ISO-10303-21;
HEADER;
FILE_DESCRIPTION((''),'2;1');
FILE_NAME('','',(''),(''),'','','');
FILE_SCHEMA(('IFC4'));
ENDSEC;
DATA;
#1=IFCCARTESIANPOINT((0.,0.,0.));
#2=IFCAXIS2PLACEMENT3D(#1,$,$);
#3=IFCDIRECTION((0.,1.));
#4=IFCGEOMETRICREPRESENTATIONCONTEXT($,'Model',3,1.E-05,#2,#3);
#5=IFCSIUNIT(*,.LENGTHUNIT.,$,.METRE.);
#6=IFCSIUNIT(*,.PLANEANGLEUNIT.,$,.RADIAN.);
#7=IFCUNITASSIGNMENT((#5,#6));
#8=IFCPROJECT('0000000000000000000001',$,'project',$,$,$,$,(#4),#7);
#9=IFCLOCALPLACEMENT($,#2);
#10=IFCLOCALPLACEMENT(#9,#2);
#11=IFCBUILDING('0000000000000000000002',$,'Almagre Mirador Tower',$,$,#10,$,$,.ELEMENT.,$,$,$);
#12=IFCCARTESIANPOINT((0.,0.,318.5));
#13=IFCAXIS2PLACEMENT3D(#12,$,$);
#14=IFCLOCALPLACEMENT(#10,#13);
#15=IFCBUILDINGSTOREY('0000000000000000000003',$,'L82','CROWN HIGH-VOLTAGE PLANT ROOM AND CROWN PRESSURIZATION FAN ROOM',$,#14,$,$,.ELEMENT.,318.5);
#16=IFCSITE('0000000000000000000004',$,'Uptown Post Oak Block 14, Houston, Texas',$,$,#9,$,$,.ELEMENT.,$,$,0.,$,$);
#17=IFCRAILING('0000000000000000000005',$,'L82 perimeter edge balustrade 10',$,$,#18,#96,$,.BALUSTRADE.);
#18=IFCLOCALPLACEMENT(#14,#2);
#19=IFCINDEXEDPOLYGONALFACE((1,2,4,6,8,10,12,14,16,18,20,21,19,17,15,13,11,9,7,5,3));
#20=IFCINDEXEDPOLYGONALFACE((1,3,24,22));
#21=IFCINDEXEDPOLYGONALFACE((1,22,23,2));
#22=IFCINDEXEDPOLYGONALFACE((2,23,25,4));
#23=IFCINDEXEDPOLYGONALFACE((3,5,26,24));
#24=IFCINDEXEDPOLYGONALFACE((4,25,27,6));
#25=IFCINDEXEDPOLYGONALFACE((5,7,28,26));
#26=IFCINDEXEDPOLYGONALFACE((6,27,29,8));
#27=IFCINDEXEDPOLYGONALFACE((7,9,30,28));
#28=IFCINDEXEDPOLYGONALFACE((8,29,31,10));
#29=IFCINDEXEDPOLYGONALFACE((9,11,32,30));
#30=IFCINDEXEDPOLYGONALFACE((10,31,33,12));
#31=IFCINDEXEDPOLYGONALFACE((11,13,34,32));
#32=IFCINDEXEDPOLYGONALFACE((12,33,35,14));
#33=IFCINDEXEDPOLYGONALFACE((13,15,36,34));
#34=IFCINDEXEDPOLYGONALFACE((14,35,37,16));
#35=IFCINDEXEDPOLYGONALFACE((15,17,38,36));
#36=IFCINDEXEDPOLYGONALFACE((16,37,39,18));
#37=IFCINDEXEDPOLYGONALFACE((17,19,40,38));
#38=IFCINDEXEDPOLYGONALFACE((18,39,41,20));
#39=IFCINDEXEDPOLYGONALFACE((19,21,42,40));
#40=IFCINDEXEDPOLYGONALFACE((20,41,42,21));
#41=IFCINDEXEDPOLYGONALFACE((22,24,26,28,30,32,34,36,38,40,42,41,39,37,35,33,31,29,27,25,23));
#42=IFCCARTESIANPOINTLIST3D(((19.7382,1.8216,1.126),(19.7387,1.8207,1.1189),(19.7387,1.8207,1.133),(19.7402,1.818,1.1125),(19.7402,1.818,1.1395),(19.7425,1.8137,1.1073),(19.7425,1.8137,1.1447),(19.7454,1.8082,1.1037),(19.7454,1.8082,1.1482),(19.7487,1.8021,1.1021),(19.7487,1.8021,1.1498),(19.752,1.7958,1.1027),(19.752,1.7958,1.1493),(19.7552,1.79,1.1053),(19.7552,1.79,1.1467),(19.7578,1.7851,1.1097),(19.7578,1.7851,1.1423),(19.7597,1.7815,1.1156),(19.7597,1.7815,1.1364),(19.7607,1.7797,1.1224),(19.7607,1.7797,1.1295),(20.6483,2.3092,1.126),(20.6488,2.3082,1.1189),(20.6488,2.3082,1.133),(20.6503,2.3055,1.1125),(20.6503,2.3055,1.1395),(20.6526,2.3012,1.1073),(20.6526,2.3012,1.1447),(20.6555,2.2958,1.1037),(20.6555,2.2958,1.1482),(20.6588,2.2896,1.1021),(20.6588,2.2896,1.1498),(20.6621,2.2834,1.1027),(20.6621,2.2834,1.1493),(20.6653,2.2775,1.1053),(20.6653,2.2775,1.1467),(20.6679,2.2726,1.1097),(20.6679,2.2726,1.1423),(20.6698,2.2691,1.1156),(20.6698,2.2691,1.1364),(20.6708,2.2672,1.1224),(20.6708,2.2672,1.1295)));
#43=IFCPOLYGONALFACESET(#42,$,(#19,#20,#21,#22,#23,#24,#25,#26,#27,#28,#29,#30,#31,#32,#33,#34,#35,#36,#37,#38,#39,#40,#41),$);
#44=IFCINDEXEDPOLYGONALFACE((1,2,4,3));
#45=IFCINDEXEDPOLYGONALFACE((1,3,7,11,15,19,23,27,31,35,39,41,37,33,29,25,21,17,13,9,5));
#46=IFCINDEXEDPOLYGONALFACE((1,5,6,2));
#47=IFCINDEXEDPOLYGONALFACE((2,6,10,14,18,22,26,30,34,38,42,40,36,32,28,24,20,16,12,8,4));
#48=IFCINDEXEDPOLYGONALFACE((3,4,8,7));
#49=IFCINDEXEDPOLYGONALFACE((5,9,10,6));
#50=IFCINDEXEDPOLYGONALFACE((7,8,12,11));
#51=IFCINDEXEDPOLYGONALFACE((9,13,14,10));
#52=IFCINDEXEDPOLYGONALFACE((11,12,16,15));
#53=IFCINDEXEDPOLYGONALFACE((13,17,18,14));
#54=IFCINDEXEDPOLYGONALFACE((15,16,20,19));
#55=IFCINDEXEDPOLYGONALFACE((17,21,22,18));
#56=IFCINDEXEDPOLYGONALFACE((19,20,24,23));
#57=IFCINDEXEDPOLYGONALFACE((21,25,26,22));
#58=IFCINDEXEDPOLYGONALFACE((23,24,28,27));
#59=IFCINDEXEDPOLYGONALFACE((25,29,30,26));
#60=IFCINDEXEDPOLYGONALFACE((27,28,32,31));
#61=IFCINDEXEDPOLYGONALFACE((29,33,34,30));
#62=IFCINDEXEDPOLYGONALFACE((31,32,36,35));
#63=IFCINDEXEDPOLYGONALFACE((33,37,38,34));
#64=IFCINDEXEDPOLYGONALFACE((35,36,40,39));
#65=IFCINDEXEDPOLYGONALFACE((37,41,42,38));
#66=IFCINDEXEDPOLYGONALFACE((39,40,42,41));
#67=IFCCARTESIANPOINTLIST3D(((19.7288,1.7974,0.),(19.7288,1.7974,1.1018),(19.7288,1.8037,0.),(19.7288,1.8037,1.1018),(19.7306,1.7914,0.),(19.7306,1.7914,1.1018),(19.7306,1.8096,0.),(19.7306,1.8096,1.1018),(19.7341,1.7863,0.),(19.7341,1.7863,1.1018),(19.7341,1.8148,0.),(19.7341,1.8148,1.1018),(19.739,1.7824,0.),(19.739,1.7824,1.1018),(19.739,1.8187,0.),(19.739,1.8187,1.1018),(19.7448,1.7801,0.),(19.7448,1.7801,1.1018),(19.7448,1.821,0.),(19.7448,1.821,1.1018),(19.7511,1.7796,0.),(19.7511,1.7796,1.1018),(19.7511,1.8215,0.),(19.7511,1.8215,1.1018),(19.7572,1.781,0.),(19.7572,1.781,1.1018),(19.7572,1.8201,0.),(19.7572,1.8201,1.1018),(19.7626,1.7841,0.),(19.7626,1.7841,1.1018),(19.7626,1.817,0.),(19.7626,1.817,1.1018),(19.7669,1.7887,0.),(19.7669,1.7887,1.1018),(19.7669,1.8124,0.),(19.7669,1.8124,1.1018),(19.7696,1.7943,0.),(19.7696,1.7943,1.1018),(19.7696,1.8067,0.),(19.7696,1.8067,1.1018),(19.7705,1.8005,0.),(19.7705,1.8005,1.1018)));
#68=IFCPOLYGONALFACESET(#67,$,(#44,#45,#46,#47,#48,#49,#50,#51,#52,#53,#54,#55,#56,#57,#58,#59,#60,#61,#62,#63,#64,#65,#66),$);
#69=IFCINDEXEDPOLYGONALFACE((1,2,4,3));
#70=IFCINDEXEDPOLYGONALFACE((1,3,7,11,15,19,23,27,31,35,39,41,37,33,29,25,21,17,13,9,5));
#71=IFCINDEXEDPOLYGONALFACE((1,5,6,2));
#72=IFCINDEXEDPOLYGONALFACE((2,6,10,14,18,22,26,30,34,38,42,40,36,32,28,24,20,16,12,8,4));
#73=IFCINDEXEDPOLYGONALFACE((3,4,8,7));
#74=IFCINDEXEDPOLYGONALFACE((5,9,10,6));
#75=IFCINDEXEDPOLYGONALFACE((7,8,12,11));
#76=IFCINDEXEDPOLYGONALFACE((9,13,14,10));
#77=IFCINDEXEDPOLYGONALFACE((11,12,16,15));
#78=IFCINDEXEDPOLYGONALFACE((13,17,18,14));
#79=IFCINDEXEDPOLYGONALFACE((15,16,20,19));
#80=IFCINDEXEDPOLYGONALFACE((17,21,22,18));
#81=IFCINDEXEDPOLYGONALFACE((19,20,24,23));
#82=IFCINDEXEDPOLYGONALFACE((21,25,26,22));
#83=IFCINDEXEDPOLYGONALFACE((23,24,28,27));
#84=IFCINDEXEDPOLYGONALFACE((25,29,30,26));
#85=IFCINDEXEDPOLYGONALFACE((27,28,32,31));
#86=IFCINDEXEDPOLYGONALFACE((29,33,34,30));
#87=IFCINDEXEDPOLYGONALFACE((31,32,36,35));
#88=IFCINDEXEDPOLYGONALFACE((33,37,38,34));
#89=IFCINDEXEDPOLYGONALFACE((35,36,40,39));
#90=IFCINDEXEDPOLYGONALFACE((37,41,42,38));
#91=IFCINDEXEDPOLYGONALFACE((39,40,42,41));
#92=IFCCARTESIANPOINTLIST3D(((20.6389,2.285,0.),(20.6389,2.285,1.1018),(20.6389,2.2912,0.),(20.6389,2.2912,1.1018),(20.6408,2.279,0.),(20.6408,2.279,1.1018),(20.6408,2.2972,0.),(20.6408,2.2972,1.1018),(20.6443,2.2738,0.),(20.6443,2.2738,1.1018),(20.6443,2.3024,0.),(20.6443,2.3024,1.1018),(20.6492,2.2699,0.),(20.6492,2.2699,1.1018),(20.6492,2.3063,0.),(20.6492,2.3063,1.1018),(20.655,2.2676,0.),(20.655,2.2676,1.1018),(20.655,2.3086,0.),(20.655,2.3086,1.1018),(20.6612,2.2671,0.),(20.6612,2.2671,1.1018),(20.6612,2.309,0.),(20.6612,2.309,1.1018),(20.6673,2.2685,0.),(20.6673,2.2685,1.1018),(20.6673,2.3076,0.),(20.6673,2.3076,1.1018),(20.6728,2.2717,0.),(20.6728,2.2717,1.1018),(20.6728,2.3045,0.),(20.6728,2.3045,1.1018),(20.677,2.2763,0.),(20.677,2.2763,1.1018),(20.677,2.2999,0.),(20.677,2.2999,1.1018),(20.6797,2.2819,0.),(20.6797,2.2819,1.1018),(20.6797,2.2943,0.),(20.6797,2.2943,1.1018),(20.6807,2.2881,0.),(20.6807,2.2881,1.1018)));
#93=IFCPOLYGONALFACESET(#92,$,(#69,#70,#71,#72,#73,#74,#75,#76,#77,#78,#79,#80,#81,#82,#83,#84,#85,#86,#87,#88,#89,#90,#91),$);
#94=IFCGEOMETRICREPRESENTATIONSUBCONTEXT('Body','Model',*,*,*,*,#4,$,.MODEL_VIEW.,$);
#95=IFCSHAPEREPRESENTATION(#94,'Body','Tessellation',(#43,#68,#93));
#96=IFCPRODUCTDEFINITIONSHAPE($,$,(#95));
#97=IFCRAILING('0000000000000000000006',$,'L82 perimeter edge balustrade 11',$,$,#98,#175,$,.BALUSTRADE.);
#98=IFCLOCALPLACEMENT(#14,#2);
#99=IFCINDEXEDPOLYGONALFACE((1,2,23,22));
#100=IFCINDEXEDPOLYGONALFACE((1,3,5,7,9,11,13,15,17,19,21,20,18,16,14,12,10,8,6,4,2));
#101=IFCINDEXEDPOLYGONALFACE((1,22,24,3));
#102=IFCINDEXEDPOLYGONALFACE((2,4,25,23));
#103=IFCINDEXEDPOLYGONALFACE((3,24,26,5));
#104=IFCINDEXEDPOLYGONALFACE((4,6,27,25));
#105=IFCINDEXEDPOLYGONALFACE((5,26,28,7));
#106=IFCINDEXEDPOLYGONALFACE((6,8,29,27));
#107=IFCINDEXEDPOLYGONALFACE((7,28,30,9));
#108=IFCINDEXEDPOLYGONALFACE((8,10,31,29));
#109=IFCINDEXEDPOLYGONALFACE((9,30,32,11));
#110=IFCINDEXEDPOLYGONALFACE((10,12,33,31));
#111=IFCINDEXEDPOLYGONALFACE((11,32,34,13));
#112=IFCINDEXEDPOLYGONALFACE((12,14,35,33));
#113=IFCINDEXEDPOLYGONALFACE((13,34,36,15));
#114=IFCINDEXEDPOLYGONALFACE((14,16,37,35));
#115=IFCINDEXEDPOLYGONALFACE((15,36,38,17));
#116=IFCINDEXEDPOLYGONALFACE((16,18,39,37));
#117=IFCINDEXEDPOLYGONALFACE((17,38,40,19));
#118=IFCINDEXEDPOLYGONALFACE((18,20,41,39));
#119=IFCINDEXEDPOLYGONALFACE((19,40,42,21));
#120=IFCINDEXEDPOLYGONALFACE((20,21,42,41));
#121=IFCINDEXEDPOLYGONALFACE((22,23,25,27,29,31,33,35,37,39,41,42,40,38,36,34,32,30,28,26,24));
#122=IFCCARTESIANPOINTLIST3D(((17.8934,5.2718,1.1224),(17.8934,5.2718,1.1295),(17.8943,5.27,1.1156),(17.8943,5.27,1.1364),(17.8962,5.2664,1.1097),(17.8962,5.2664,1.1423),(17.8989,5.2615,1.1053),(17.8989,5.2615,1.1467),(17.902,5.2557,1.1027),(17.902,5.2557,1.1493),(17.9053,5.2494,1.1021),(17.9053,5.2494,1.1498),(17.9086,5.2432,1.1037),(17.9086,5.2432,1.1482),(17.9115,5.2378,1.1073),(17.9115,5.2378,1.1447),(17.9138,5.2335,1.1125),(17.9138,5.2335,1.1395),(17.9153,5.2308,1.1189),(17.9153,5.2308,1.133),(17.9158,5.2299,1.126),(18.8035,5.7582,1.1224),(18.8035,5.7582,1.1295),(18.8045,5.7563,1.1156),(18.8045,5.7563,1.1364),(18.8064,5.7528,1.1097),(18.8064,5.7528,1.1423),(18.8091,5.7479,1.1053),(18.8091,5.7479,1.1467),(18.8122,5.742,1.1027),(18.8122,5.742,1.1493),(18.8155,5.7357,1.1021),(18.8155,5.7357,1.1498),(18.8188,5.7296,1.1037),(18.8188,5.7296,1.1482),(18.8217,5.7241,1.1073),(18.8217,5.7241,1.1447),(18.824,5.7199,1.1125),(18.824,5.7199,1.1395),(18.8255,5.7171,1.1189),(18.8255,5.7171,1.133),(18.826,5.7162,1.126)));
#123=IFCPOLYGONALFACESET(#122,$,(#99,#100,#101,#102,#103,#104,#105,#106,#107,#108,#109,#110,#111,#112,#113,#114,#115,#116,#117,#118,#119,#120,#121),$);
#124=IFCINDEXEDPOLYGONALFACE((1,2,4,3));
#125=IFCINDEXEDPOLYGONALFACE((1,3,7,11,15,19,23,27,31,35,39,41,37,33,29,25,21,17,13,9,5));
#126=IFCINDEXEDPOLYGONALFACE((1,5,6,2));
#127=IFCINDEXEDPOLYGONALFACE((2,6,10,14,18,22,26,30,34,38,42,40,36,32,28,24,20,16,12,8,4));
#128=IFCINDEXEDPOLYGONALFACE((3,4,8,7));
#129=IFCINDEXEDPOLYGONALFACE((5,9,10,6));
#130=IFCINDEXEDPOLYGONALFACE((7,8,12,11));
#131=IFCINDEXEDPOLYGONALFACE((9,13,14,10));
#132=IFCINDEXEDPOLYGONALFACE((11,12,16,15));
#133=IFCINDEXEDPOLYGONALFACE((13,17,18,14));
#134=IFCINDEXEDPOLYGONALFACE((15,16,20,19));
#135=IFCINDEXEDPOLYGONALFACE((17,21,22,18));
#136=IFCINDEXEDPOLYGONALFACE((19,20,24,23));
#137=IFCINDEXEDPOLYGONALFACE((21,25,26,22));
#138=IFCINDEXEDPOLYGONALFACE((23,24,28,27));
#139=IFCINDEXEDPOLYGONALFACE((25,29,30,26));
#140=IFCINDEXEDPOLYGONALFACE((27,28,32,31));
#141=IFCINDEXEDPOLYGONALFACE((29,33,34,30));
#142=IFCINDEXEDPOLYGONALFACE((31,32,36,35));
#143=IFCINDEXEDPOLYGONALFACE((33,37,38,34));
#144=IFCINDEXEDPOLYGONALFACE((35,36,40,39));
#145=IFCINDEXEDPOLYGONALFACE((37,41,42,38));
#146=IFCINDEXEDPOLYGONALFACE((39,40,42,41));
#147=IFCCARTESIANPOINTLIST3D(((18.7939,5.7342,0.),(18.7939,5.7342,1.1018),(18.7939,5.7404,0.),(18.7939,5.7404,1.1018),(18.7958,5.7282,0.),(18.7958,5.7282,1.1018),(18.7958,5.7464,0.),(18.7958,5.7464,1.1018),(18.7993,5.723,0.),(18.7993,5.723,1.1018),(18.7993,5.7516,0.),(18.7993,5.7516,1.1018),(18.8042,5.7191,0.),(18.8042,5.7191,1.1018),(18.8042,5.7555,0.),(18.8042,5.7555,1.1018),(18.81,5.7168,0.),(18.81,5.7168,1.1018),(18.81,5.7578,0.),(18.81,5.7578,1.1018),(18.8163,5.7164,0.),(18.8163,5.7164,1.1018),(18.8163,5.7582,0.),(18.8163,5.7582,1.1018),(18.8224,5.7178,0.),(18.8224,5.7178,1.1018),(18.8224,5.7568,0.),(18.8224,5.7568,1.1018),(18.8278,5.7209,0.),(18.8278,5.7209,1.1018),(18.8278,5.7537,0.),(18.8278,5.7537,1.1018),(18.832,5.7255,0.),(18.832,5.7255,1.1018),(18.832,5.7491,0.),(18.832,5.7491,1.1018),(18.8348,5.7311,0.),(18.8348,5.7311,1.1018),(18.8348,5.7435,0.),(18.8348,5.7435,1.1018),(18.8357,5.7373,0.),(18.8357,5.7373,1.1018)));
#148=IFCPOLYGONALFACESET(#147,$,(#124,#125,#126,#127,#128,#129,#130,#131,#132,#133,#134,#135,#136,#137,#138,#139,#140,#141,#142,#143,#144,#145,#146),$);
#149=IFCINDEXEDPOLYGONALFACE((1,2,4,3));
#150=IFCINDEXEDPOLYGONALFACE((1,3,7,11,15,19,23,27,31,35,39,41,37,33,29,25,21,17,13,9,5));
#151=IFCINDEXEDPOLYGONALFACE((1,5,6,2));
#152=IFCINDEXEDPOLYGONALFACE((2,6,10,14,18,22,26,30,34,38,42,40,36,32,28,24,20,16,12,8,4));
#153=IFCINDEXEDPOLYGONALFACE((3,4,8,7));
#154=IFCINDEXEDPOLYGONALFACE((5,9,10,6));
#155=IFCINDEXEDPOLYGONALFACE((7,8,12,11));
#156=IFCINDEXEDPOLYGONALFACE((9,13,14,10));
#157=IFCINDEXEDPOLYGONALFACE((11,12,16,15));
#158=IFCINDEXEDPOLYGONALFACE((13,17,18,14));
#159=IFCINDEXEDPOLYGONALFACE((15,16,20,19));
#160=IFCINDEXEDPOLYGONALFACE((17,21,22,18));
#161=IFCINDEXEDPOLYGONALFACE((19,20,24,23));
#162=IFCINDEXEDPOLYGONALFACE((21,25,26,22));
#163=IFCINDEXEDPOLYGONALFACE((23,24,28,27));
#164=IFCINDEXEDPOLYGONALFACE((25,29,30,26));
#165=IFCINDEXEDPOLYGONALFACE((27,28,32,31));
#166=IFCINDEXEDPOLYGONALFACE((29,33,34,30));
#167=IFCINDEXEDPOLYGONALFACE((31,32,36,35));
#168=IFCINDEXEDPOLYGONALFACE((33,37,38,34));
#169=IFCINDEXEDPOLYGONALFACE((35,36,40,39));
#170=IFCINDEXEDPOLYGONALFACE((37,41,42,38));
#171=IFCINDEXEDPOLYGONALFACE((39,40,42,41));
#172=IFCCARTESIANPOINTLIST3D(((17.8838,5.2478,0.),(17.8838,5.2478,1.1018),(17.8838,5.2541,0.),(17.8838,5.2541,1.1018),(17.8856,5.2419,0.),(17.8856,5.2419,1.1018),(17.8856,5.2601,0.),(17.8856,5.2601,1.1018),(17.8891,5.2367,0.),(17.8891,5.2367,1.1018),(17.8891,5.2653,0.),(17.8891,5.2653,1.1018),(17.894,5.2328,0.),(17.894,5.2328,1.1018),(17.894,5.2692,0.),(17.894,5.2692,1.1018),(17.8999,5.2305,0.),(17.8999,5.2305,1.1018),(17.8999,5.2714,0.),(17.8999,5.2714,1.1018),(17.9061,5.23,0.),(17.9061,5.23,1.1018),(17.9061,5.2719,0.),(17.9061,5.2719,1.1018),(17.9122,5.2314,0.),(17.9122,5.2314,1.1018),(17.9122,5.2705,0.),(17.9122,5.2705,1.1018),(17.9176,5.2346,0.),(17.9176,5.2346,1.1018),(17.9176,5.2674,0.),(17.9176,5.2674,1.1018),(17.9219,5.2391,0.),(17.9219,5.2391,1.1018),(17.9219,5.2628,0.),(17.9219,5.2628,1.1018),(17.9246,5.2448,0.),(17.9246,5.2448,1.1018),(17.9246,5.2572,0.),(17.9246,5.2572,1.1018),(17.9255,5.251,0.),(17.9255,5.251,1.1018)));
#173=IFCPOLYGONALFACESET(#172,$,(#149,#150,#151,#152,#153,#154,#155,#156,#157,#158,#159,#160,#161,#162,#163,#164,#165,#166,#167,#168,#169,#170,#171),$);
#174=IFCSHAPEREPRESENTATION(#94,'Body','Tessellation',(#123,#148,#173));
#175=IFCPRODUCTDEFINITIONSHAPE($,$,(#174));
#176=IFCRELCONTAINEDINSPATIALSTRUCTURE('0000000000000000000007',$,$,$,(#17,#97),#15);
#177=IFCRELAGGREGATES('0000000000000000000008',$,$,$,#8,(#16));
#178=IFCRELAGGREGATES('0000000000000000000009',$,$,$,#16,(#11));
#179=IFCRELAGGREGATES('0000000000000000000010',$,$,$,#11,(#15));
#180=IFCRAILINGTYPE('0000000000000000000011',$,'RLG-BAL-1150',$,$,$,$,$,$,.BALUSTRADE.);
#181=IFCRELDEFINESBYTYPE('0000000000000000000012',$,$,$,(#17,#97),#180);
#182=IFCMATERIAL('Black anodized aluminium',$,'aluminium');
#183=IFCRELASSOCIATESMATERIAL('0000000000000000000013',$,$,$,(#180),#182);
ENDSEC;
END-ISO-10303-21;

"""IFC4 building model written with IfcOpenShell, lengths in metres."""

from ifc_helpers import new_model, si_unit, direction, frame, origin, origin_2d, place, context, subcontext, project, spatial, circle, extrude, material, type_object, element, save


model = new_model("IFC4")

# Units and contexts
model_context = context("Model", 3, precision=1e-05, world=origin(), true_north=direction((0.0, 1.0)))
body_context = subcontext(model_context, "Body", "Model", "MODEL_VIEW")
ifc_project = project(units=[si_unit("LENGTHUNIT", "METRE"), si_unit("PLANEANGLEUNIT", "RADIAN")], contexts=[model_context])

# Site, building, storey
site_placement = place(None, origin())
site = spatial("IfcSite", under=ifc_project, at=site_placement, Name="Uptown Post Oak Block 14, Houston, Texas", CompositionType="ELEMENT", RefElevation=0.0)
building_placement = place(site_placement, origin())
building = spatial("IfcBuilding", under=site, at=building_placement, Name="Almagre Mirador Tower", CompositionType="ELEMENT")
storey_placement = place(building_placement, frame((0.0, 0.0, 318.5)))
storey = spatial("IfcBuildingStorey", under=building, at=storey_placement, Name="L82", Description="CROWN HIGH-VOLTAGE PLANT ROOM AND CROWN PRESSURIZATION FAN ROOM", CompositionType="ELEMENT", Elevation=318.5)

# Railings
ifc_material_1 = material(Name="Black anodized aluminium", Category="aluminium")
railing_type = type_object("IfcRailingType", Name="RLG-BAL-1150", PredefinedType="BALUSTRADE", material=ifc_material_1)
railing_1_placement = place(storey_placement, frame((19.7495, 1.8005, 0.0)))
element("IfcRailing", 1, at=railing_1_placement, inside=storey, type_object=railing_type, Name="L82 perimeter edge balustrade 10", PredefinedType="BALUSTRADE", context=body_context, shape_type="SweptSolid", body=[
    extrude(circle(Radius=0.0239, at=origin_2d()), frame((0.0, 0.0, 1.126), z_axis=(0.881494, 0.472195, 0.0), x_axis=(-0.472195, 0.881494, 0.0)), (0.0, 0.0, 1.0), 1.0325),
    extrude(circle(Radius=0.021, at=origin_2d()), origin(), (0.0, 0.0, 1.0), 1.1018),
    extrude(circle(Radius=0.021, at=origin_2d()), frame((0.9102, 0.4875, 0.0)), (0.0, 0.0, 1.0), 1.1018),
])
railing_2_placement = place(storey_placement, frame((18.8147, 5.7373, 0.0)))
element("IfcRailing", 2, at=railing_2_placement, inside=storey, type_object=railing_type, Name="L82 perimeter edge balustrade 11", PredefinedType="BALUSTRADE", context=body_context, shape_type="SweptSolid", body=[
    extrude(circle(Radius=0.0239, at=origin_2d()), frame((0.0, 0.0, 1.126), z_axis=(-0.881986, -0.471276, 0.0), x_axis=(0.471276, -0.881986, 0.0)), (0.0, 0.0, 1.0), 1.032),
    extrude(circle(Radius=0.021, at=origin_2d()), origin(), (0.0, 0.0, 1.0), 1.1018),
    extrude(circle(Radius=0.021, at=origin_2d()), frame((-0.9102, -0.4863, 0.0)), (0.0, 0.0, 1.0), 1.1018),
])

save(model, "model.ifc")
